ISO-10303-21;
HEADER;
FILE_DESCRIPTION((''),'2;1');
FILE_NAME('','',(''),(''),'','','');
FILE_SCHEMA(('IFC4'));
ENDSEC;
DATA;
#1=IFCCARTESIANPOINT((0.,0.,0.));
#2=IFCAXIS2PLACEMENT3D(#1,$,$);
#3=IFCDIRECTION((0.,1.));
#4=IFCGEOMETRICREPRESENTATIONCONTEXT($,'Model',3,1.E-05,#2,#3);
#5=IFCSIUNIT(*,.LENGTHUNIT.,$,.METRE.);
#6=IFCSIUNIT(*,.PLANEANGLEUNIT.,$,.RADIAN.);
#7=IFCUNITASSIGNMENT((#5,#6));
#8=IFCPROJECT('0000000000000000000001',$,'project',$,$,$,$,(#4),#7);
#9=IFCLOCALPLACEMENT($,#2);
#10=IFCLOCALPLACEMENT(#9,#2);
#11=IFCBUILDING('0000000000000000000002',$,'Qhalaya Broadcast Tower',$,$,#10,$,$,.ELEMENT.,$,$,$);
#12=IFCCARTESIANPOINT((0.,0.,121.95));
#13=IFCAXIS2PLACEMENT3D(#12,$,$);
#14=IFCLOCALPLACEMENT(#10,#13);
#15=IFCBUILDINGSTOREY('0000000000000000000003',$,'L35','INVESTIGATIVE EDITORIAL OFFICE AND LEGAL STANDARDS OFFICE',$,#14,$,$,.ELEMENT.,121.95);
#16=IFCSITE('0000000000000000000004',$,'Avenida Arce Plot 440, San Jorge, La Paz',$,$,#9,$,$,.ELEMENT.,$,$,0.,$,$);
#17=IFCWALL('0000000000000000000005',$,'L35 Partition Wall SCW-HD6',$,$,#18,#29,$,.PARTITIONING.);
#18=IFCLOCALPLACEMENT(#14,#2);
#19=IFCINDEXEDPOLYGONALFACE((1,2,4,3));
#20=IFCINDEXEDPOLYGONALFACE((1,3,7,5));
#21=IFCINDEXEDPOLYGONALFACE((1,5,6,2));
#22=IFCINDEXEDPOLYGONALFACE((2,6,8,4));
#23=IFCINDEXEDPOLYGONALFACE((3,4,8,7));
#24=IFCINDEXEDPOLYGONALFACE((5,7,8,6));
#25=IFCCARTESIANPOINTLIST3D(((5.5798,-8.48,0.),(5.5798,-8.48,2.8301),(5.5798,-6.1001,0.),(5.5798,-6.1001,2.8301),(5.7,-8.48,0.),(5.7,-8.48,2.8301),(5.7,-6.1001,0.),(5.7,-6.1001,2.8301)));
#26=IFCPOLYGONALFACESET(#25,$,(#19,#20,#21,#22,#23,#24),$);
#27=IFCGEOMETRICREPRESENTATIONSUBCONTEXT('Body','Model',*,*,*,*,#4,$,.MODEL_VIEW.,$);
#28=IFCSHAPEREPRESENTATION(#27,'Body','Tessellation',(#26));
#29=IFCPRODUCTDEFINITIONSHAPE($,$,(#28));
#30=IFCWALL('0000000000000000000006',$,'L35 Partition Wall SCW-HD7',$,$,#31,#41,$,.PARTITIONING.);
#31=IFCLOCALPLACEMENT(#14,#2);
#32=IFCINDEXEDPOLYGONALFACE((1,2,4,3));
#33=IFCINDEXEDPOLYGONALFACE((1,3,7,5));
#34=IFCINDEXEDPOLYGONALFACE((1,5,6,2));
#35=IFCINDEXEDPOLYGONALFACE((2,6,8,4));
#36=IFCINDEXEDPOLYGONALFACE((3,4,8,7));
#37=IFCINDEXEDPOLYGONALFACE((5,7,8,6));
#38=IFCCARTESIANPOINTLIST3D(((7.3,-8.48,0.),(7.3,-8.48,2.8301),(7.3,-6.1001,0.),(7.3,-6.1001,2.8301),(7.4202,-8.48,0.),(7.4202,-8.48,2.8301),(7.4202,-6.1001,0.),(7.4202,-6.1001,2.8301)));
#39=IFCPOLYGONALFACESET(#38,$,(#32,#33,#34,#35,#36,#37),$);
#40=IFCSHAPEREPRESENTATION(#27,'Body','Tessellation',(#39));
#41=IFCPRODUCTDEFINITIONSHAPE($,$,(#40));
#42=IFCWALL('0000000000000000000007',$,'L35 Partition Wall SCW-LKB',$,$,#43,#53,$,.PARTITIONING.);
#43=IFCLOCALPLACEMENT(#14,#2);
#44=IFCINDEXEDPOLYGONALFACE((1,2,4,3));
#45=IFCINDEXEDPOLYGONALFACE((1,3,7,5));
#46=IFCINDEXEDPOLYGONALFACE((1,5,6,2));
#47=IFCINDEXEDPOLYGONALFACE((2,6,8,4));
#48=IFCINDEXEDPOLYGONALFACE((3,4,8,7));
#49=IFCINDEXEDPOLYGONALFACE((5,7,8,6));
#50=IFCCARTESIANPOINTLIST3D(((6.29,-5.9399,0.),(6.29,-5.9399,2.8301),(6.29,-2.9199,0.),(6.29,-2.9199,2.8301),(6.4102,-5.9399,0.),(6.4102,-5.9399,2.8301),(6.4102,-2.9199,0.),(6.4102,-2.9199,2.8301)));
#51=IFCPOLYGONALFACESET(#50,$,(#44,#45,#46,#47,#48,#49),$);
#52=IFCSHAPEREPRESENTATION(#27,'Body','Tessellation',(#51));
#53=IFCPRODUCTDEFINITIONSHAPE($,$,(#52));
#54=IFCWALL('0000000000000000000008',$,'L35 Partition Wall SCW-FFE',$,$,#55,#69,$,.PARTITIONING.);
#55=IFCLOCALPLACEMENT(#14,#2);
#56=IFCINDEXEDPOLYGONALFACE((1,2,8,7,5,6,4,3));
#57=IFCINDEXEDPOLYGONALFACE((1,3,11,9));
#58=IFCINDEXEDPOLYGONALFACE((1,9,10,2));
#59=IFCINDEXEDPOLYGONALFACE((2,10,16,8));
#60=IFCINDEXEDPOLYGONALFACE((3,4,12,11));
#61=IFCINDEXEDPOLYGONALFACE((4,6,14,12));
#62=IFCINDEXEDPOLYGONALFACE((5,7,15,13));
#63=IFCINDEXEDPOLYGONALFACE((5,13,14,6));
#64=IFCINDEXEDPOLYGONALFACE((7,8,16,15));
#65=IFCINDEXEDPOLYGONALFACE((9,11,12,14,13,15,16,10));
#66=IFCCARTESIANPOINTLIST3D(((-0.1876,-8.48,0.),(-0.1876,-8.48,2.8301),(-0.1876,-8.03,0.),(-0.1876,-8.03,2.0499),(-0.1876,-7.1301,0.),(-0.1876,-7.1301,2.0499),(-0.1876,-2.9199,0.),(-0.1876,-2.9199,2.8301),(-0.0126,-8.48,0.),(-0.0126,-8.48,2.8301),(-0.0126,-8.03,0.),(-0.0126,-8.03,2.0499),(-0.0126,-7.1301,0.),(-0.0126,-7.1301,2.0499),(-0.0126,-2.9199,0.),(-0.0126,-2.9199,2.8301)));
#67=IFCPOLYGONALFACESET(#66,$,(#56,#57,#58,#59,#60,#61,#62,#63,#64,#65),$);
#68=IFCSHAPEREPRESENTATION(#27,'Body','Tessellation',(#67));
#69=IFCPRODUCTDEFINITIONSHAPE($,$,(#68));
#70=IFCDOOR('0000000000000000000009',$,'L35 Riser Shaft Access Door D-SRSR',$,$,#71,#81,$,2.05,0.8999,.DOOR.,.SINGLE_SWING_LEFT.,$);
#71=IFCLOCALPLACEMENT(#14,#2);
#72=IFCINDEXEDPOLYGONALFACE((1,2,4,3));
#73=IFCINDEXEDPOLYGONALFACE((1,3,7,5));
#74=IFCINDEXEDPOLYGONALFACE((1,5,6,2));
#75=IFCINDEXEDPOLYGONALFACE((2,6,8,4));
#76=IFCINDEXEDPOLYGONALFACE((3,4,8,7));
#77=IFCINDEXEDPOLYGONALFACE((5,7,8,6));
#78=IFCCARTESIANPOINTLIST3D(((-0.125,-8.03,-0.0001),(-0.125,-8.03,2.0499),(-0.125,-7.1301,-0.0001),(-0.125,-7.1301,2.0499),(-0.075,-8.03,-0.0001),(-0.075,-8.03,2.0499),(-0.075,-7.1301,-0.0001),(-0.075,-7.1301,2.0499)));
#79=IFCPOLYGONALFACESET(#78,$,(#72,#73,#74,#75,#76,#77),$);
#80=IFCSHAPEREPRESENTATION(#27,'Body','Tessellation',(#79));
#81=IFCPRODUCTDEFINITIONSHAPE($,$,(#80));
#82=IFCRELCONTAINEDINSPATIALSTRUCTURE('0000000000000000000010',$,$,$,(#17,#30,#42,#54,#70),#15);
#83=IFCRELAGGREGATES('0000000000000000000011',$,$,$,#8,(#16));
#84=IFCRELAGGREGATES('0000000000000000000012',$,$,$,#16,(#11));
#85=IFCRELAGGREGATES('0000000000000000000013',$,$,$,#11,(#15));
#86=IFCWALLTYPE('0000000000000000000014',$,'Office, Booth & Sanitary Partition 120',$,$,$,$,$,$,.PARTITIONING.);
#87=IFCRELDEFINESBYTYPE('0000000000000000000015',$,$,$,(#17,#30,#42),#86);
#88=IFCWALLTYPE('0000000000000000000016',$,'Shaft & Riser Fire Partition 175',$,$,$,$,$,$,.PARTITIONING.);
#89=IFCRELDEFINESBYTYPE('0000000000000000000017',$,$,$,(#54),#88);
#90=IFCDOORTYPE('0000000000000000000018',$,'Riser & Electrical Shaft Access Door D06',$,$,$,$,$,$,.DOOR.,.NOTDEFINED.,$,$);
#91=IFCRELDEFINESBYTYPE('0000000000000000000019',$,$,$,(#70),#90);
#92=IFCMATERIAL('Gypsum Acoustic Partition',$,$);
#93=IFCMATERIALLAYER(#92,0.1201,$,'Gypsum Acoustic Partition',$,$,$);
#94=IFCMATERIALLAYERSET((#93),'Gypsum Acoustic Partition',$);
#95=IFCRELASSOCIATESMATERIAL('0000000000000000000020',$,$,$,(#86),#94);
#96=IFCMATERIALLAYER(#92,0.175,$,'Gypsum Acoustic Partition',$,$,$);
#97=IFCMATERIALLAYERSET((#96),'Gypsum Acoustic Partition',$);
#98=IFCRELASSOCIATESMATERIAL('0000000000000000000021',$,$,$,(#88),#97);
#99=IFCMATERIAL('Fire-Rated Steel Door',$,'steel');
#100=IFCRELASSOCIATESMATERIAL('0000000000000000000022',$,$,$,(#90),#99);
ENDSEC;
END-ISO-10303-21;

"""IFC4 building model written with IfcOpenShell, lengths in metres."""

from ifc_helpers import new_model, si_unit, direction, frame, frame_2d, origin, place, context, subcontext, project, spatial, rectangle, extrude, material, layer, layer_set, type_object, element, fill, save


model = new_model("IFC4")

# Units and contexts
model_context = context("Model", 3, precision=1e-05, world=origin(), true_north=direction((0.0, 1.0)))
body_context = subcontext(model_context, "Body", "Model", "MODEL_VIEW")
ifc_project = project(units=[si_unit("LENGTHUNIT", "METRE"), si_unit("PLANEANGLEUNIT", "RADIAN")], contexts=[model_context])

# Site, building, storey
site_placement = place(None, origin())
site = spatial("IfcSite", under=ifc_project, at=site_placement, Name="Avenida Arce Plot 440, San Jorge, La Paz", CompositionType="ELEMENT", RefElevation=0.0)
building_placement = place(site_placement, origin())
building = spatial("IfcBuilding", under=site, at=building_placement, Name="Qhalaya Broadcast Tower", CompositionType="ELEMENT")
storey_placement = place(building_placement, frame((0.0, 0.0, 121.95)))
storey = spatial("IfcBuildingStorey", under=building, at=storey_placement, Name="L35", Description="INVESTIGATIVE EDITORIAL OFFICE AND LEGAL STANDARDS OFFICE", CompositionType="ELEMENT", Elevation=121.95)

# Walls
ifc_material_1 = material(Name="Gypsum Acoustic Partition")
ifc_layer_1 = layer(ifc_material_1, 0.1201, Name="Gypsum Acoustic Partition")
ifc_layer_set_1 = layer_set([ifc_layer_1], Name="Gypsum Acoustic Partition")
wall_type_1 = type_object("IfcWallType", Name="Office, Booth & Sanitary Partition 120", PredefinedType="PARTITIONING", material=ifc_layer_set_1)
for number, where, z_axis, x_axis, name in (
    (1, (5.6399, -8.48, 0.0), (0.0, 0.0, 1.0), (0.0, 1.0, 0.0), "L35 Partition Wall SCW-HD6"),
    (2, (7.3601, -8.48, 0.0), (0.0, 0.0, 1.0), (0.0, 1.0, 0.0), "L35 Partition Wall SCW-HD7"),
):
    element("IfcWall", number, at=place(storey_placement, frame(where, z_axis=z_axis, x_axis=x_axis)), inside=storey, type_object=wall_type_1, Name=name, PredefinedType="PARTITIONING", context=body_context, shape_type="SweptSolid", body=[
        extrude(rectangle(XDim=2.3799, YDim=0.1201, at=frame_2d((1.1899, 0.0))), origin(), (0.0, 0.0, 1.0), 2.8301),
    ])
wall_1_placement = place(storey_placement, frame((6.3501, -5.9399, 0.0), z_axis=(0.0, 0.0, 1.0), x_axis=(0.0, 1.0, 0.0)))
element("IfcWall", 3, at=wall_1_placement, inside=storey, type_object=wall_type_1, Name="L35 Partition Wall SCW-LKB", PredefinedType="PARTITIONING", context=body_context, shape_type="SweptSolid", body=[
    extrude(rectangle(XDim=3.02, YDim=0.1201, at=frame_2d((1.51, 0.0))), origin(), (0.0, 0.0, 1.0), 2.8301),
])

# Wall, opening, door
ifc_layer_2 = layer(ifc_material_1, 0.175, Name="Gypsum Acoustic Partition")
ifc_layer_set_2 = layer_set([ifc_layer_2], Name="Gypsum Acoustic Partition")
wall_type_2 = type_object("IfcWallType", Name="Shaft & Riser Fire Partition 175", PredefinedType="PARTITIONING", material=ifc_layer_set_2)
wall_2_placement = place(storey_placement, frame((-0.1001, -8.48, 0.0), z_axis=(0.0, 0.0, 1.0), x_axis=(0.0, 1.0, 0.0)))
wall_2 = element("IfcWall", 4, at=wall_2_placement, inside=storey, type_object=wall_type_2, Name="L35 Partition Wall SCW-FFE", PredefinedType="PARTITIONING", context=body_context, shape_type="SweptSolid", body=[
    extrude(rectangle(XDim=5.5601, YDim=0.175, at=frame_2d((2.78, 0.0))), origin(), (0.0, 0.0, 1.0), 2.8301),
])
opening_1_placement = place(wall_2_placement, frame((0.45, 0.0, 0.0)))
opening_1 = element("IfcOpeningElement", 5, at=opening_1_placement, cuts=wall_2, PredefinedType="OPENING", context=body_context, shape_type="SweptSolid", body=[
    extrude(rectangle(XDim=0.8999, YDim=2.05, at=frame_2d((0.45, 1.0249))), frame((0.0, 0.0996, 0.0), z_axis=(0.0, -1.0, 0.0), x_axis=(1.0, 0.0, 0.0)), (0.0, 0.0, 1.0), 0.199),
])
ifc_material_2 = material(Name="Fire-Rated Steel Door", Category="steel")
door_type_1 = type_object("IfcDoorType", Name="Riser & Electrical Shaft Access Door D06", OperationType="NOTDEFINED", PredefinedType="DOOR", material=ifc_material_2)
door_1_placement = place(opening_1_placement, origin())
door_1 = element("IfcDoor", 6, at=door_1_placement, inside=storey, type_object=door_type_1, Name="L35 Riser Shaft Access Door D-SRSR", OperationType="SINGLE_SWING_LEFT", OverallHeight=2.05, OverallWidth=0.8999, PredefinedType="DOOR", context=body_context, shape_type="SweptSolid", body=[
    extrude(rectangle(XDim=0.8999, YDim=2.05, at=frame_2d((0.45, 1.0249))), frame((0.0, 0.0249, 0.0), z_axis=(0.0, -1.0, 0.0), x_axis=(1.0, 0.0, 0.0)), (0.0, 0.0, 1.0), 0.05),
])
fill(opening_1, door_1)

save(model, "model.ifc")
